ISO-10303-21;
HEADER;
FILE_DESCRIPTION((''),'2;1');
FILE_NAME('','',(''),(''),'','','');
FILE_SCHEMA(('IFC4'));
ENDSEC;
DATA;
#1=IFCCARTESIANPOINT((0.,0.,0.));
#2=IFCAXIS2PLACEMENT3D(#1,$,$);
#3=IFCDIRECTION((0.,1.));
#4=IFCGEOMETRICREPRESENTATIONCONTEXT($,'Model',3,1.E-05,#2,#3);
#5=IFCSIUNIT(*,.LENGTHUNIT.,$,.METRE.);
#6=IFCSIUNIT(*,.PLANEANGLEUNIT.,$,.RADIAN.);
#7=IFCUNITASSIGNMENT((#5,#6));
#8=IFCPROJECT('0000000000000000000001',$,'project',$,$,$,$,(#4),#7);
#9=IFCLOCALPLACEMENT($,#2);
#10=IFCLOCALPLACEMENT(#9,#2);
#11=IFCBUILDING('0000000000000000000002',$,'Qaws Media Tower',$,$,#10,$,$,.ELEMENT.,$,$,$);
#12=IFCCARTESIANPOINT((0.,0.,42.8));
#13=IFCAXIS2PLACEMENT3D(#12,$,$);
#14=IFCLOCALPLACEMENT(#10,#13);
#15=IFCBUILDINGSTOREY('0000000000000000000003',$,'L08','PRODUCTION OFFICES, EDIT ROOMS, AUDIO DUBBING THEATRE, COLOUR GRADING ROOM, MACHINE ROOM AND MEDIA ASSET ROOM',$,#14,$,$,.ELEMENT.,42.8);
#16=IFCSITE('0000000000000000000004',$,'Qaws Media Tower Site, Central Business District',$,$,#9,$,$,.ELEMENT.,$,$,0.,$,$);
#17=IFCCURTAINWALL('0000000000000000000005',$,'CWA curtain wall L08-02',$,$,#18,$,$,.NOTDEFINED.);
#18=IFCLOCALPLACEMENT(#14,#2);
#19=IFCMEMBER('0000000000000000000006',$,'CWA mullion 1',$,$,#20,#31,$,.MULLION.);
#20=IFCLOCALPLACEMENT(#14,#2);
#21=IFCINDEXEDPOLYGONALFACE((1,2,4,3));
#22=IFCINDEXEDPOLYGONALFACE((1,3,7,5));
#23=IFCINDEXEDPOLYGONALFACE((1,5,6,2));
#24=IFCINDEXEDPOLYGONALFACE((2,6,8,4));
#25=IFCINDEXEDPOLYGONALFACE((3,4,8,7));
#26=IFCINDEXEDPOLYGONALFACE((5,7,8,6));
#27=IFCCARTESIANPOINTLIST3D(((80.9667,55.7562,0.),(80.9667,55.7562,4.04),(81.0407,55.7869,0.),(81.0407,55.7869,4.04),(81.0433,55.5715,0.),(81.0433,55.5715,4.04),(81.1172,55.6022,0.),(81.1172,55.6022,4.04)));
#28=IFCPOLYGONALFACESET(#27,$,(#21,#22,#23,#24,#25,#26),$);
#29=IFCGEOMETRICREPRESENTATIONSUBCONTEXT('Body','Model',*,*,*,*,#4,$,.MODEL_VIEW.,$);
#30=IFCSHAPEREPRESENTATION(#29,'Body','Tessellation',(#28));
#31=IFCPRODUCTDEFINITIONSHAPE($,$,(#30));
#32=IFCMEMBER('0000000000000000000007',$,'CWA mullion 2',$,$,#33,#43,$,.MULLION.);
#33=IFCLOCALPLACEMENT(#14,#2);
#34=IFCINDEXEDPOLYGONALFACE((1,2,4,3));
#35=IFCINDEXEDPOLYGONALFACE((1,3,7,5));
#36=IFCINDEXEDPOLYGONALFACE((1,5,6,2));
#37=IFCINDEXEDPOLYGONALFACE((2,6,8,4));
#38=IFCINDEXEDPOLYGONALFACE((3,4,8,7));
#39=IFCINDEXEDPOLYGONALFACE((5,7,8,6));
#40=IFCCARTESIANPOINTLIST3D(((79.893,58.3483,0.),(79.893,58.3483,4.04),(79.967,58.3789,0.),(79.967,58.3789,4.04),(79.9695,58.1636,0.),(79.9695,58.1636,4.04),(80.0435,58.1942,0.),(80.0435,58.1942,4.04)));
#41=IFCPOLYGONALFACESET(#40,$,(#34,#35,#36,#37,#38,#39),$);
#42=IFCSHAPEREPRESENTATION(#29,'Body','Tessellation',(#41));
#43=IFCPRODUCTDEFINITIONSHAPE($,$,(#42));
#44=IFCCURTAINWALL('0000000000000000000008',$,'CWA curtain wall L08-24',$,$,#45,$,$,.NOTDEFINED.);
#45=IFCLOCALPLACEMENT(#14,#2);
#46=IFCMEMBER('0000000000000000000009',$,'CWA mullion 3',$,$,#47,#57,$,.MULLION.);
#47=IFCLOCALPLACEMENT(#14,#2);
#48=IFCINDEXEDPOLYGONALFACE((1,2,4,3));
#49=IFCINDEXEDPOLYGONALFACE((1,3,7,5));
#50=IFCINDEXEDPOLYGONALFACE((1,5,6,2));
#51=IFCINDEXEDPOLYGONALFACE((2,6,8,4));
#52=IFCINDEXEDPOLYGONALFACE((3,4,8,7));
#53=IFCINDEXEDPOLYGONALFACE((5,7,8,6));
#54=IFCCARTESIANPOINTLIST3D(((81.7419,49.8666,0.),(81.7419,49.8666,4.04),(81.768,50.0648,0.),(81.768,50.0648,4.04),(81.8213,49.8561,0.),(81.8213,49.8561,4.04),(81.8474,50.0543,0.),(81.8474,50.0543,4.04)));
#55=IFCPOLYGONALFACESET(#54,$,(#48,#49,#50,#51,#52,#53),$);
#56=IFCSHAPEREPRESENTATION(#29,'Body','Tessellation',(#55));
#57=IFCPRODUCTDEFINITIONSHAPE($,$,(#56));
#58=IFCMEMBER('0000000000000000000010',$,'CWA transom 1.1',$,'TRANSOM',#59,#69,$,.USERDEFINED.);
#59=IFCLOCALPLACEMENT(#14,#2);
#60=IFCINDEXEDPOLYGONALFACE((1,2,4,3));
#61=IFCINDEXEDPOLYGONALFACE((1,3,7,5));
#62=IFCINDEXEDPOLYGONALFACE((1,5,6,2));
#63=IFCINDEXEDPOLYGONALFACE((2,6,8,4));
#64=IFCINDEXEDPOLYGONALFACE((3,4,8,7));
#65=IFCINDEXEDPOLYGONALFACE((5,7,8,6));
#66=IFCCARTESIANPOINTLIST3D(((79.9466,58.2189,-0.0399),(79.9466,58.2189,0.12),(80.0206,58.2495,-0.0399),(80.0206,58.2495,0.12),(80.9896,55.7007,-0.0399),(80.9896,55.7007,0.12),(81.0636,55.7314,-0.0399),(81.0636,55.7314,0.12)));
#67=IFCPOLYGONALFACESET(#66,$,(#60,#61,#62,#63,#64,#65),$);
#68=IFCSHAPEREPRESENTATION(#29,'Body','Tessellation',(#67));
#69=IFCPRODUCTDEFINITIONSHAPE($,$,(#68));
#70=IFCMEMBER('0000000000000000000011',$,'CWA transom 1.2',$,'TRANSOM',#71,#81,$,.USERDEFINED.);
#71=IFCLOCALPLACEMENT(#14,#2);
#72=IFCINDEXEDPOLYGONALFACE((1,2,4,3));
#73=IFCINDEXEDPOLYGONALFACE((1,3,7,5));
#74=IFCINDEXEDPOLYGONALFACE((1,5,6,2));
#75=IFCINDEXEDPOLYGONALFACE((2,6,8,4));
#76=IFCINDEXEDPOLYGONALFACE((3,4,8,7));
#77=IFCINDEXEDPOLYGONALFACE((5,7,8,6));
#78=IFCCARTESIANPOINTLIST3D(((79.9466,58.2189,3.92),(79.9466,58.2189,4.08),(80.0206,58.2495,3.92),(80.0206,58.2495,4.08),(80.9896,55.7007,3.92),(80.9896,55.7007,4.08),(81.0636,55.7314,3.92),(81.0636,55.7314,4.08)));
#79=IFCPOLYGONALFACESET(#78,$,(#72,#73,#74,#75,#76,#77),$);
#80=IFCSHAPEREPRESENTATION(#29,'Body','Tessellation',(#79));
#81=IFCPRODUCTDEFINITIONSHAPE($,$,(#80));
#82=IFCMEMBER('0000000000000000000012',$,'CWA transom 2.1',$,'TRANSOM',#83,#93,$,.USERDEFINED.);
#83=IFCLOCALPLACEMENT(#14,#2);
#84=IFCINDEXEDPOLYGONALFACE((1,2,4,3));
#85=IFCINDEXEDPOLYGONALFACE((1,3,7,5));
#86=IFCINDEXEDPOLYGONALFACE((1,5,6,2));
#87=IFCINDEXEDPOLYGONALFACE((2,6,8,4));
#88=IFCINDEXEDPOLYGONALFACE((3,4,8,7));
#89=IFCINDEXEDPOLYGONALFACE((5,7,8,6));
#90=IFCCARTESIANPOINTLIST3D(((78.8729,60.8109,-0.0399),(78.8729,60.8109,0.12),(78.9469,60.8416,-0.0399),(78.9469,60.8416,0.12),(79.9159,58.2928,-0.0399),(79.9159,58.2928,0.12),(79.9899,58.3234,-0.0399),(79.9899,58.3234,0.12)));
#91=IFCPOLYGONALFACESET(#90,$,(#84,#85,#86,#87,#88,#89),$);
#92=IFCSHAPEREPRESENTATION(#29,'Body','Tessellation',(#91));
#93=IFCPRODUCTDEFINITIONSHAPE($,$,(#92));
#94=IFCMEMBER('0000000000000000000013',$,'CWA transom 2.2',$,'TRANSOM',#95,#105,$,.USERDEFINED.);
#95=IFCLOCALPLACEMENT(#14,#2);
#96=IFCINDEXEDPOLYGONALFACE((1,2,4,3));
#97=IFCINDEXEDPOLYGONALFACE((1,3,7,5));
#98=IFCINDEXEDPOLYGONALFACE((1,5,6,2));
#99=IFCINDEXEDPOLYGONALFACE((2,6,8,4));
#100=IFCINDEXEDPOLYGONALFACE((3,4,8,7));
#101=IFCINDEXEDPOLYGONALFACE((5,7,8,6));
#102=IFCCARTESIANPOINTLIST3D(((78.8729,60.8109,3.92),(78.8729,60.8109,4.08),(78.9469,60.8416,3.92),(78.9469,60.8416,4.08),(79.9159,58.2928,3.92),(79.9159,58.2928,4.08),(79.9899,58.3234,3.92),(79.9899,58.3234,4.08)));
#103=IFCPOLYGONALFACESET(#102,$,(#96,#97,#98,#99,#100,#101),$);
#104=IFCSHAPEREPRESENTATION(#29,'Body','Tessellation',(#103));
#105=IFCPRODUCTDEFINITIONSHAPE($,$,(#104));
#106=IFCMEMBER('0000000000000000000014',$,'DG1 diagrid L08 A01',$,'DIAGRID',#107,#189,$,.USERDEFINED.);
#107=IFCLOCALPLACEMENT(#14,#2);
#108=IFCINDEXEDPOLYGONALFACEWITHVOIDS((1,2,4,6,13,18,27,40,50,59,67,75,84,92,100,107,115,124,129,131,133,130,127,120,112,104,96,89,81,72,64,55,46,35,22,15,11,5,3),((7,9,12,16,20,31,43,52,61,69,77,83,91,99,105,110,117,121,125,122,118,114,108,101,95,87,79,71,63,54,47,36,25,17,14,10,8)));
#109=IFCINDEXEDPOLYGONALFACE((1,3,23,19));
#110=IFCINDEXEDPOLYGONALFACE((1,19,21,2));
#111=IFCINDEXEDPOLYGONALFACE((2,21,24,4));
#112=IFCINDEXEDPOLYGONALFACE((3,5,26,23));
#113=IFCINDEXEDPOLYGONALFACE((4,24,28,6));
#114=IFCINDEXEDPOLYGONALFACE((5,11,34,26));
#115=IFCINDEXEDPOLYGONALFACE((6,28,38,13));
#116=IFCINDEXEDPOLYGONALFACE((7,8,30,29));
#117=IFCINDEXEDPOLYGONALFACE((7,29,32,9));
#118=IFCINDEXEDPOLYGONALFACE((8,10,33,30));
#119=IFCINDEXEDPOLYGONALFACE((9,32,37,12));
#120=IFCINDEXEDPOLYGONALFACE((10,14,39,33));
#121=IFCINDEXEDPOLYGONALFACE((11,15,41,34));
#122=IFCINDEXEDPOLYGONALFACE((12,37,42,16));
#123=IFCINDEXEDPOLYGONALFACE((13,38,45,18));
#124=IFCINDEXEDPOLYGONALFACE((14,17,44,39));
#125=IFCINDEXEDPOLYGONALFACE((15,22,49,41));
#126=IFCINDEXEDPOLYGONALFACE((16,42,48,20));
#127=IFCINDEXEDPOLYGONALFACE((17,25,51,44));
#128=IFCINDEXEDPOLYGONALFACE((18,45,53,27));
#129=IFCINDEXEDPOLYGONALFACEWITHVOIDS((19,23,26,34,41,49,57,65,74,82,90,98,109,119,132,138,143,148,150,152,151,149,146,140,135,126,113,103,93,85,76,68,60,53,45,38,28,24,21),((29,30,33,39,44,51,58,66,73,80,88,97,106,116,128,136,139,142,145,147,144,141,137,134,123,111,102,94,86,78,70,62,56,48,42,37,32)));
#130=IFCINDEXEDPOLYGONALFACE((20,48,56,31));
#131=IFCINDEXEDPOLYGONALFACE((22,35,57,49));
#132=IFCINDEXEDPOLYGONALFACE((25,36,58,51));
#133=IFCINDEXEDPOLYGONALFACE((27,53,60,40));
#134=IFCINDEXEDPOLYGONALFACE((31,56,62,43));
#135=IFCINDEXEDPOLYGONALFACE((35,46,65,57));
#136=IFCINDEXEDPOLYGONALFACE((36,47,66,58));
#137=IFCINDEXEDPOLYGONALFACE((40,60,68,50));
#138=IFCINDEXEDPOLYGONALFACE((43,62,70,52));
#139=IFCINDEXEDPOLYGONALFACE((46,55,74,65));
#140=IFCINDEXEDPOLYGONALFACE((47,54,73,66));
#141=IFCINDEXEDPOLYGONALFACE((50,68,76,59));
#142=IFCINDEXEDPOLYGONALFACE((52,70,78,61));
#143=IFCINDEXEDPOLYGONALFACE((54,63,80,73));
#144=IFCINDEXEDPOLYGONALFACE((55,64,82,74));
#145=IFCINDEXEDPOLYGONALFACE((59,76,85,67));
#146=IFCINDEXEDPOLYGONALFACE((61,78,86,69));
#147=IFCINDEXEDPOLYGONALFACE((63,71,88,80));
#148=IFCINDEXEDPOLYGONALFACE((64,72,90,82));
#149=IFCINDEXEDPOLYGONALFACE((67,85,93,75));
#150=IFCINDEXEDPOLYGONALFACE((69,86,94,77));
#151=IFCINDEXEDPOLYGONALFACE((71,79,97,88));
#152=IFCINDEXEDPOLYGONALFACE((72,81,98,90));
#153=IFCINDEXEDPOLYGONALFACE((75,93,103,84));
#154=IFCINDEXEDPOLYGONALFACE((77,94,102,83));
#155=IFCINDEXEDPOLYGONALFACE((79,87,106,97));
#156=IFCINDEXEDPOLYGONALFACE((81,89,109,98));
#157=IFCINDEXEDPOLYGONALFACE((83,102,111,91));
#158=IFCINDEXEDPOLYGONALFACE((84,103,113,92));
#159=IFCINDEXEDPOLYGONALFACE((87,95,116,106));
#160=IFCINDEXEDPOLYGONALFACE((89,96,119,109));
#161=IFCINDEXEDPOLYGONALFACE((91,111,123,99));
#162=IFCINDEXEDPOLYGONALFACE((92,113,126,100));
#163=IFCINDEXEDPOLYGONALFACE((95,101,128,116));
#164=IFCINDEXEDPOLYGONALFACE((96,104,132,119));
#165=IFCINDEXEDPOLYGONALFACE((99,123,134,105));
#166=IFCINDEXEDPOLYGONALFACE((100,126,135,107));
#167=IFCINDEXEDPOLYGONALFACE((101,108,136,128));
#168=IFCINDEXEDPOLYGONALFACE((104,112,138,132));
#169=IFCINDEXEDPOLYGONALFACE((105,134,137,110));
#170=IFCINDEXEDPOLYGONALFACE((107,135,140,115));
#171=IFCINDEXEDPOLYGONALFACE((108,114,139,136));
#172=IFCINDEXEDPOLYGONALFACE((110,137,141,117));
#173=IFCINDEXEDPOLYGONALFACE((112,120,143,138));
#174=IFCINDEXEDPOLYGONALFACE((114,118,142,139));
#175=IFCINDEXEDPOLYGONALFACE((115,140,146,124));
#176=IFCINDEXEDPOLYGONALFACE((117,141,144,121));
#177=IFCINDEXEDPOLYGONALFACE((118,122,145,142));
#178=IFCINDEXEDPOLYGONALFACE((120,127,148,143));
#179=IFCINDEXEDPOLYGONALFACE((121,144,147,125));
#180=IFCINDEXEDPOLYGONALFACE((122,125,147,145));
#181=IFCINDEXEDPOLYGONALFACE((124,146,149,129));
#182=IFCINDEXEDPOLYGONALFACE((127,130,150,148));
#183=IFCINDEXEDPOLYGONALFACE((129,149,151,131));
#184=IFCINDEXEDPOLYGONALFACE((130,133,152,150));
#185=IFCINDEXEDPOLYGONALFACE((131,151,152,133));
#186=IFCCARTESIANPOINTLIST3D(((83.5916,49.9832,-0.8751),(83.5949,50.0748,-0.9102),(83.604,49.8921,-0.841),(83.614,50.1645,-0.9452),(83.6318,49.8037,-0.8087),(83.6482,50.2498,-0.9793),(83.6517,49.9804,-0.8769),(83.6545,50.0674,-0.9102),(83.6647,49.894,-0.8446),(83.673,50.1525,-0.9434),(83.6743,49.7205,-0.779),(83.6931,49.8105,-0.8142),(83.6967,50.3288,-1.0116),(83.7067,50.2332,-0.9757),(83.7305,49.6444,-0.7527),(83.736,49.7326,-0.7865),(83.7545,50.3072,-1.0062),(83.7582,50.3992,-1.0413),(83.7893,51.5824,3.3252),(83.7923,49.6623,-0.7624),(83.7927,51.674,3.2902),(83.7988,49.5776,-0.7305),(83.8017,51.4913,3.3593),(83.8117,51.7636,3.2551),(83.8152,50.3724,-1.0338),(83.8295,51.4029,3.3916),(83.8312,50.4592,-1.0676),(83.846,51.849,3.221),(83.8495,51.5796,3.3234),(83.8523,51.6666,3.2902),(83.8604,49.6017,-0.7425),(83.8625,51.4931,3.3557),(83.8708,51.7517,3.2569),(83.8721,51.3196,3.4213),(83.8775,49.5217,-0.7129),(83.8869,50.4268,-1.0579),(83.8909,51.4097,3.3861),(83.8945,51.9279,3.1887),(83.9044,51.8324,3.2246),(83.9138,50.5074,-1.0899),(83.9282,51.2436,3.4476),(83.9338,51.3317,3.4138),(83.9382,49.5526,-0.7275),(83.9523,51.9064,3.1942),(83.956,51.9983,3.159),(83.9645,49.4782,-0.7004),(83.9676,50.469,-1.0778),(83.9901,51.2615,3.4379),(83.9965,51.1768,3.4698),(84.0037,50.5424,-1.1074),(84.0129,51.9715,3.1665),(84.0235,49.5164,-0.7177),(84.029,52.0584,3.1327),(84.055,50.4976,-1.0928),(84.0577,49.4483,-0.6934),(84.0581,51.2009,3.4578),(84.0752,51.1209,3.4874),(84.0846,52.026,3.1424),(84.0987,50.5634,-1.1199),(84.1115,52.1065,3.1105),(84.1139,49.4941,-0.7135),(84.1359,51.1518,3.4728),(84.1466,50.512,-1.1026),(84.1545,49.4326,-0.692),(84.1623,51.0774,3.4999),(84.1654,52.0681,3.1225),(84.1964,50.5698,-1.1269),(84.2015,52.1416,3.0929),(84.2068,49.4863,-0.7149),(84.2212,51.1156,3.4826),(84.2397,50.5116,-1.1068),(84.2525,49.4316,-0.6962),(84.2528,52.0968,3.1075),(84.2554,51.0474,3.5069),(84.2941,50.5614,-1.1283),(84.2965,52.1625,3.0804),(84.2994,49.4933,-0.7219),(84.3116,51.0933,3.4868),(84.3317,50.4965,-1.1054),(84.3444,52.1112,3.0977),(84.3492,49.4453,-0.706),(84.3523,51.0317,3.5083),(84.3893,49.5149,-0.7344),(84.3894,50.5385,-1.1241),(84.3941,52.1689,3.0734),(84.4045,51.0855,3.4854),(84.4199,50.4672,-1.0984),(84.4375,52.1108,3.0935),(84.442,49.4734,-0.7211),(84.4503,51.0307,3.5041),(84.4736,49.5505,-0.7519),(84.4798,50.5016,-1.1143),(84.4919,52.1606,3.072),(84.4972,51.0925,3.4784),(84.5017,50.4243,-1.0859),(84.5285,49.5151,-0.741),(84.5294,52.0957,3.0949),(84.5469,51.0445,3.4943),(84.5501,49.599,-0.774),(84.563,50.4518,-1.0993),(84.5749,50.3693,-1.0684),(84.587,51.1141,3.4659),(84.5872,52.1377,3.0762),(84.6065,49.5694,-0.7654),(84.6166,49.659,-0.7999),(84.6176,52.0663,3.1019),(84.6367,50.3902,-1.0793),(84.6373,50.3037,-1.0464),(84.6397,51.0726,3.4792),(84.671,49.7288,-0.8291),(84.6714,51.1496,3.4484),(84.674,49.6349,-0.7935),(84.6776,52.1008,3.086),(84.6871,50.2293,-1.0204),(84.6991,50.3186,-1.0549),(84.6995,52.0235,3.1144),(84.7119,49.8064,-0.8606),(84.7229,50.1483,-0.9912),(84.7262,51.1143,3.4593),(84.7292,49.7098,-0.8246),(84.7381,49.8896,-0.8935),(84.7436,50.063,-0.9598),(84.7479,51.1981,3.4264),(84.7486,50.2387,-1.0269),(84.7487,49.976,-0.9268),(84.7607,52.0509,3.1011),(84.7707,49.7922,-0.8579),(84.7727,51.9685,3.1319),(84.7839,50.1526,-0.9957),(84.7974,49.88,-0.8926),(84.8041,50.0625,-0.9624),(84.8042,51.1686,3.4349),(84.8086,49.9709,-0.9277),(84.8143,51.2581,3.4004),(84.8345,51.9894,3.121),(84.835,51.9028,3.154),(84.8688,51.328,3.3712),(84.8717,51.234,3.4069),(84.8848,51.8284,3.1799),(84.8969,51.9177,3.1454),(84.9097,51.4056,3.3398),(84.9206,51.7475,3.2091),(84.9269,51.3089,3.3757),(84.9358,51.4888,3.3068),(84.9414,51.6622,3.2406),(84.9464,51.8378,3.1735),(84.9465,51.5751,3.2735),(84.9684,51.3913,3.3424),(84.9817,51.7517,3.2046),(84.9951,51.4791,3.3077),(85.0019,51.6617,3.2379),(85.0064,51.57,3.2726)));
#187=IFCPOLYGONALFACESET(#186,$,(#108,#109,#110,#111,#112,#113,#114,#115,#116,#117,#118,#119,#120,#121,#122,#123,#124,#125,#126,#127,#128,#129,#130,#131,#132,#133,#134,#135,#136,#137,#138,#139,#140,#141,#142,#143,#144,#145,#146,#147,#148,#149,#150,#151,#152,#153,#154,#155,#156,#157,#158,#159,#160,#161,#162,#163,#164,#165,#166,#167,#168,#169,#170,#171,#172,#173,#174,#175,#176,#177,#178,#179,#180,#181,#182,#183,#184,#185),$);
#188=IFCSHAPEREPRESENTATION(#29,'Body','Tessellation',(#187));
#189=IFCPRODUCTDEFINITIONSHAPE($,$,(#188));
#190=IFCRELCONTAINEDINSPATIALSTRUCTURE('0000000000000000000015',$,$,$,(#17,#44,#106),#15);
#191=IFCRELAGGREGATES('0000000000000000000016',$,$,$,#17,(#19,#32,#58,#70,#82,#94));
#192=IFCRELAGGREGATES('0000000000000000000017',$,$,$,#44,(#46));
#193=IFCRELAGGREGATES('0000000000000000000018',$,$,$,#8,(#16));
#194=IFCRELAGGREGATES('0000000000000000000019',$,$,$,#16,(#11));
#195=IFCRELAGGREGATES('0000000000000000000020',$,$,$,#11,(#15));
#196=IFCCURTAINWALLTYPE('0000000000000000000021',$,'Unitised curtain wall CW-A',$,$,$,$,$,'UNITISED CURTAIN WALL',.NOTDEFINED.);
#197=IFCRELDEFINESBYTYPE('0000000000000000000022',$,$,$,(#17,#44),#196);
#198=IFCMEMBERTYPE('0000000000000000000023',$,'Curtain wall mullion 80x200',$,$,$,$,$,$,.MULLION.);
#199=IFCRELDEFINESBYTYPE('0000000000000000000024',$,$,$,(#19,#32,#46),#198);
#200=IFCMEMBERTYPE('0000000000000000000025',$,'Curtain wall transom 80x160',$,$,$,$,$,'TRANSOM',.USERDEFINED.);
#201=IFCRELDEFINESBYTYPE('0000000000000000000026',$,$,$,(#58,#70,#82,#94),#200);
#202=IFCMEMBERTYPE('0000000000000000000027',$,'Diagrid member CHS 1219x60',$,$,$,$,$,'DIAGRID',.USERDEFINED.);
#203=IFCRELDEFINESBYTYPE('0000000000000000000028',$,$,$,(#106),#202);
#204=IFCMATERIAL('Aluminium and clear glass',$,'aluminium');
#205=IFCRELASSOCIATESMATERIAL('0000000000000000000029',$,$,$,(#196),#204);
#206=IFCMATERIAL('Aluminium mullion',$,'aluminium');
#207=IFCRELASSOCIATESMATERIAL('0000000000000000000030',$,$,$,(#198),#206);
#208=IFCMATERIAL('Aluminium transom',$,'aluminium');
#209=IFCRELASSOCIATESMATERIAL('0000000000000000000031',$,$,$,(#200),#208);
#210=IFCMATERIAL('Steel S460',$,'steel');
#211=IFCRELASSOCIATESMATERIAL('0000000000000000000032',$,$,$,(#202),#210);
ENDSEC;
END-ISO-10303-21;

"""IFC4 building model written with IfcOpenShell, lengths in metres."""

from ifc_helpers import new_model, si_unit, direction, frame, origin, origin_2d, place, context, subcontext, project, spatial, rectangle, hollow_circle, extrude, material, material_profile, profile_set, type_object, element, aggregate, save


model = new_model("IFC4")

# Units and contexts
model_context = context("Model", 3, precision=1e-05, world=origin(), true_north=direction((0.0, 1.0)))
body_context = subcontext(model_context, "Body", "Model", "MODEL_VIEW")
ifc_project = project(units=[si_unit("LENGTHUNIT", "METRE"), si_unit("PLANEANGLEUNIT", "RADIAN")], contexts=[model_context])

# Site, building, storey
site_placement = place(None, origin())
site = spatial("IfcSite", under=ifc_project, at=site_placement, Name="Qaws Media Tower Site, Central Business District", CompositionType="ELEMENT", RefElevation=0.0)
building_placement = place(site_placement, origin())
building = spatial("IfcBuilding", under=site, at=building_placement, Name="Qaws Media Tower", CompositionType="ELEMENT")
storey_placement = place(building_placement, frame((0.0, 0.0, 42.8)))
storey = spatial("IfcBuildingStorey", under=building, at=storey_placement, Name="L08", Description="PRODUCTION OFFICES, EDIT ROOMS, AUDIO DUBBING THEATRE, COLOUR GRADING ROOM, MACHINE ROOM AND MEDIA ASSET ROOM", CompositionType="ELEMENT", Elevation=42.8)

# Curtain wall, members
ifc_material_1 = material(Name="Aluminium and clear glass", Category="aluminium")
curtain_wall_type = type_object("IfcCurtainWallType", Name="Unitised curtain wall CW-A", ElementType="UNITISED CURTAIN WALL", PredefinedType="NOTDEFINED", material=ifc_material_1)
curtain_wall_1_placement = place(storey_placement, origin())
curtain_wall_1 = element("IfcCurtainWall", 1, at=curtain_wall_1_placement, inside=storey, type_object=curtain_wall_type, Name="CWA curtain wall L08-02", PredefinedType="NOTDEFINED")
ifc_material_2 = material(Name="Aluminium mullion", Category="aluminium")
ifc_material_profile_1 = material_profile(ifc_material_2, rectangle(XDim=0.0801, YDim=0.2, at=origin_2d()), Name="80x200")
ifc_profile_set_1 = profile_set([ifc_material_profile_1], Name="Aluminium mullion")
member_type_1 = type_object("IfcMemberType", Name="Curtain wall mullion 80x200", PredefinedType="MULLION", material=ifc_profile_set_1)
member_1_placement = place(storey_placement, frame((81.042, 55.6792, 0.0), z_axis=(0.0, 0.0, 1.0), x_axis=(-0.92388, -0.382683, 0.0)))
member_1 = element("IfcMember", 2, at=member_1_placement, type_object=member_type_1, Name="CWA mullion 1", PredefinedType="MULLION", context=body_context, shape_type="SweptSolid", body=[
    extrude(rectangle(XDim=0.0801, YDim=0.2, at=origin_2d()), origin(), (0.0, 0.0, 1.0), 4.04),
])
member_2_placement = place(storey_placement, frame((79.9683, 58.2712, 0.0), z_axis=(0.0, 0.0, 1.0), x_axis=(-0.92388, -0.382683, 0.0)))
member_2 = element("IfcMember", 3, at=member_2_placement, type_object=member_type_1, Name="CWA mullion 2", PredefinedType="MULLION", context=body_context, shape_type="SweptSolid", body=[
    extrude(rectangle(XDim=0.0801, YDim=0.2, at=origin_2d()), origin(), (0.0, 0.0, 1.0), 4.04),
])

# Curtain wall, member
curtain_wall_2_placement = place(storey_placement, origin())
curtain_wall_2 = element("IfcCurtainWall", 4, at=curtain_wall_2_placement, inside=storey, type_object=curtain_wall_type, Name="CWA curtain wall L08-24", PredefinedType="NOTDEFINED")
member_3_placement = place(storey_placement, frame((81.7947, 49.9604, 0.0), z_axis=(0.0, 0.0, 1.0), x_axis=(-0.991445, 0.130526, 0.0)))
member_3 = element("IfcMember", 5, at=member_3_placement, type_object=member_type_1, Name="CWA mullion 3", PredefinedType="MULLION", context=body_context, shape_type="SweptSolid", body=[
    extrude(rectangle(XDim=0.0801, YDim=0.2, at=origin_2d()), origin(), (0.0, 0.0, 1.0), 4.04),
])

# Members
ifc_material_3 = material(Name="Aluminium transom", Category="aluminium")
ifc_material_profile_2 = material_profile(ifc_material_3, rectangle(XDim=0.0801, YDim=0.1599, at=origin_2d()), Name="80x160")
ifc_profile_set_2 = profile_set([ifc_material_profile_2], Name="Aluminium transom")
member_type_2 = type_object("IfcMemberType", Name="Curtain wall transom 80x160", ElementType="TRANSOM", PredefinedType="USERDEFINED", material=ifc_profile_set_2)
member_4_placement = place(storey_placement, frame((81.0266, 55.7161, 0.04), z_axis=(-0.382668, 0.923886, 0.0), x_axis=(-0.923886, -0.382668, 0.0)))
member_4 = element("IfcMember", 6, at=member_4_placement, type_object=member_type_2, Name="CWA transom 1.1", ObjectType="TRANSOM", PredefinedType="USERDEFINED", context=body_context, shape_type="SweptSolid", body=[
    extrude(rectangle(XDim=0.0801, YDim=0.1599, at=origin_2d()), origin(), (0.0, 0.0, 1.0), 2.7256),
])
member_5_placement = place(storey_placement, frame((81.0266, 55.7161, 4.0), z_axis=(-0.382668, 0.923886, 0.0), x_axis=(-0.923886, -0.382668, 0.0)))
member_5 = element("IfcMember", 7, at=member_5_placement, type_object=member_type_2, Name="CWA transom 1.2", ObjectType="TRANSOM", PredefinedType="USERDEFINED", context=body_context, shape_type="SweptSolid", body=[
    extrude(rectangle(XDim=0.0801, YDim=0.1599, at=origin_2d()), origin(), (0.0, 0.0, 1.0), 2.7256),
])
member_6_placement = place(storey_placement, frame((79.9529, 58.3081, 0.04), z_axis=(-0.382668, 0.923886, 0.0), x_axis=(-0.923886, -0.382668, 0.0)))
member_6 = element("IfcMember", 8, at=member_6_placement, type_object=member_type_2, Name="CWA transom 2.1", ObjectType="TRANSOM", PredefinedType="USERDEFINED", context=body_context, shape_type="SweptSolid", body=[
    extrude(rectangle(XDim=0.0801, YDim=0.1599, at=origin_2d()), origin(), (0.0, 0.0, 1.0), 2.7256),
])
member_7_placement = place(storey_placement, frame((79.9529, 58.3081, 4.0), z_axis=(-0.382668, 0.923886, 0.0), x_axis=(-0.923886, -0.382668, 0.0)))
member_7 = element("IfcMember", 9, at=member_7_placement, type_object=member_type_2, Name="CWA transom 2.2", ObjectType="TRANSOM", PredefinedType="USERDEFINED", context=body_context, shape_type="SweptSolid", body=[
    extrude(rectangle(XDim=0.0801, YDim=0.1599, at=origin_2d()), origin(), (0.0, 0.0, 1.0), 2.7256),
])

# Member
ifc_material_4 = material(Name="Steel S460", Category="steel")
ifc_material_profile_3 = material_profile(ifc_material_4, hollow_circle(Radius=0.6096, WallThickness=0.0601, at=origin_2d()), Name="CHS 1219x60")
ifc_profile_set_3 = profile_set([ifc_material_profile_3], Name="Steel S460")
member_type_3 = type_object("IfcMemberType", Name="Diagrid member CHS 1219x60", ElementType="DIAGRID", PredefinedType="USERDEFINED", material=ifc_profile_set_3)
for number, where, z_axis, x_axis, name in (
    (10, (84.2, 50.0, -0.9102), (0.043958, 0.355466, 0.933655), (-0.99244, 0.122729, 0.0), "DG1 diagrid L08 A01"),
):
    element("IfcMember", number, at=place(storey_placement, frame(where, z_axis=z_axis, x_axis=x_axis)), inside=storey, type_object=member_type_3, Name=name, ObjectType="DIAGRID", PredefinedType="USERDEFINED", context=body_context, shape_type="SweptSolid", body=[
        extrude(hollow_circle(Radius=0.6096, WallThickness=0.0601, at=origin_2d()), origin(), (0.0, 0.0, 1.0), 4.4988),
    ])

aggregate(curtain_wall_1, [member_1, member_2, member_4, member_5, member_6, member_7])
aggregate(curtain_wall_2, [member_3])

save(model, "model.ifc")
